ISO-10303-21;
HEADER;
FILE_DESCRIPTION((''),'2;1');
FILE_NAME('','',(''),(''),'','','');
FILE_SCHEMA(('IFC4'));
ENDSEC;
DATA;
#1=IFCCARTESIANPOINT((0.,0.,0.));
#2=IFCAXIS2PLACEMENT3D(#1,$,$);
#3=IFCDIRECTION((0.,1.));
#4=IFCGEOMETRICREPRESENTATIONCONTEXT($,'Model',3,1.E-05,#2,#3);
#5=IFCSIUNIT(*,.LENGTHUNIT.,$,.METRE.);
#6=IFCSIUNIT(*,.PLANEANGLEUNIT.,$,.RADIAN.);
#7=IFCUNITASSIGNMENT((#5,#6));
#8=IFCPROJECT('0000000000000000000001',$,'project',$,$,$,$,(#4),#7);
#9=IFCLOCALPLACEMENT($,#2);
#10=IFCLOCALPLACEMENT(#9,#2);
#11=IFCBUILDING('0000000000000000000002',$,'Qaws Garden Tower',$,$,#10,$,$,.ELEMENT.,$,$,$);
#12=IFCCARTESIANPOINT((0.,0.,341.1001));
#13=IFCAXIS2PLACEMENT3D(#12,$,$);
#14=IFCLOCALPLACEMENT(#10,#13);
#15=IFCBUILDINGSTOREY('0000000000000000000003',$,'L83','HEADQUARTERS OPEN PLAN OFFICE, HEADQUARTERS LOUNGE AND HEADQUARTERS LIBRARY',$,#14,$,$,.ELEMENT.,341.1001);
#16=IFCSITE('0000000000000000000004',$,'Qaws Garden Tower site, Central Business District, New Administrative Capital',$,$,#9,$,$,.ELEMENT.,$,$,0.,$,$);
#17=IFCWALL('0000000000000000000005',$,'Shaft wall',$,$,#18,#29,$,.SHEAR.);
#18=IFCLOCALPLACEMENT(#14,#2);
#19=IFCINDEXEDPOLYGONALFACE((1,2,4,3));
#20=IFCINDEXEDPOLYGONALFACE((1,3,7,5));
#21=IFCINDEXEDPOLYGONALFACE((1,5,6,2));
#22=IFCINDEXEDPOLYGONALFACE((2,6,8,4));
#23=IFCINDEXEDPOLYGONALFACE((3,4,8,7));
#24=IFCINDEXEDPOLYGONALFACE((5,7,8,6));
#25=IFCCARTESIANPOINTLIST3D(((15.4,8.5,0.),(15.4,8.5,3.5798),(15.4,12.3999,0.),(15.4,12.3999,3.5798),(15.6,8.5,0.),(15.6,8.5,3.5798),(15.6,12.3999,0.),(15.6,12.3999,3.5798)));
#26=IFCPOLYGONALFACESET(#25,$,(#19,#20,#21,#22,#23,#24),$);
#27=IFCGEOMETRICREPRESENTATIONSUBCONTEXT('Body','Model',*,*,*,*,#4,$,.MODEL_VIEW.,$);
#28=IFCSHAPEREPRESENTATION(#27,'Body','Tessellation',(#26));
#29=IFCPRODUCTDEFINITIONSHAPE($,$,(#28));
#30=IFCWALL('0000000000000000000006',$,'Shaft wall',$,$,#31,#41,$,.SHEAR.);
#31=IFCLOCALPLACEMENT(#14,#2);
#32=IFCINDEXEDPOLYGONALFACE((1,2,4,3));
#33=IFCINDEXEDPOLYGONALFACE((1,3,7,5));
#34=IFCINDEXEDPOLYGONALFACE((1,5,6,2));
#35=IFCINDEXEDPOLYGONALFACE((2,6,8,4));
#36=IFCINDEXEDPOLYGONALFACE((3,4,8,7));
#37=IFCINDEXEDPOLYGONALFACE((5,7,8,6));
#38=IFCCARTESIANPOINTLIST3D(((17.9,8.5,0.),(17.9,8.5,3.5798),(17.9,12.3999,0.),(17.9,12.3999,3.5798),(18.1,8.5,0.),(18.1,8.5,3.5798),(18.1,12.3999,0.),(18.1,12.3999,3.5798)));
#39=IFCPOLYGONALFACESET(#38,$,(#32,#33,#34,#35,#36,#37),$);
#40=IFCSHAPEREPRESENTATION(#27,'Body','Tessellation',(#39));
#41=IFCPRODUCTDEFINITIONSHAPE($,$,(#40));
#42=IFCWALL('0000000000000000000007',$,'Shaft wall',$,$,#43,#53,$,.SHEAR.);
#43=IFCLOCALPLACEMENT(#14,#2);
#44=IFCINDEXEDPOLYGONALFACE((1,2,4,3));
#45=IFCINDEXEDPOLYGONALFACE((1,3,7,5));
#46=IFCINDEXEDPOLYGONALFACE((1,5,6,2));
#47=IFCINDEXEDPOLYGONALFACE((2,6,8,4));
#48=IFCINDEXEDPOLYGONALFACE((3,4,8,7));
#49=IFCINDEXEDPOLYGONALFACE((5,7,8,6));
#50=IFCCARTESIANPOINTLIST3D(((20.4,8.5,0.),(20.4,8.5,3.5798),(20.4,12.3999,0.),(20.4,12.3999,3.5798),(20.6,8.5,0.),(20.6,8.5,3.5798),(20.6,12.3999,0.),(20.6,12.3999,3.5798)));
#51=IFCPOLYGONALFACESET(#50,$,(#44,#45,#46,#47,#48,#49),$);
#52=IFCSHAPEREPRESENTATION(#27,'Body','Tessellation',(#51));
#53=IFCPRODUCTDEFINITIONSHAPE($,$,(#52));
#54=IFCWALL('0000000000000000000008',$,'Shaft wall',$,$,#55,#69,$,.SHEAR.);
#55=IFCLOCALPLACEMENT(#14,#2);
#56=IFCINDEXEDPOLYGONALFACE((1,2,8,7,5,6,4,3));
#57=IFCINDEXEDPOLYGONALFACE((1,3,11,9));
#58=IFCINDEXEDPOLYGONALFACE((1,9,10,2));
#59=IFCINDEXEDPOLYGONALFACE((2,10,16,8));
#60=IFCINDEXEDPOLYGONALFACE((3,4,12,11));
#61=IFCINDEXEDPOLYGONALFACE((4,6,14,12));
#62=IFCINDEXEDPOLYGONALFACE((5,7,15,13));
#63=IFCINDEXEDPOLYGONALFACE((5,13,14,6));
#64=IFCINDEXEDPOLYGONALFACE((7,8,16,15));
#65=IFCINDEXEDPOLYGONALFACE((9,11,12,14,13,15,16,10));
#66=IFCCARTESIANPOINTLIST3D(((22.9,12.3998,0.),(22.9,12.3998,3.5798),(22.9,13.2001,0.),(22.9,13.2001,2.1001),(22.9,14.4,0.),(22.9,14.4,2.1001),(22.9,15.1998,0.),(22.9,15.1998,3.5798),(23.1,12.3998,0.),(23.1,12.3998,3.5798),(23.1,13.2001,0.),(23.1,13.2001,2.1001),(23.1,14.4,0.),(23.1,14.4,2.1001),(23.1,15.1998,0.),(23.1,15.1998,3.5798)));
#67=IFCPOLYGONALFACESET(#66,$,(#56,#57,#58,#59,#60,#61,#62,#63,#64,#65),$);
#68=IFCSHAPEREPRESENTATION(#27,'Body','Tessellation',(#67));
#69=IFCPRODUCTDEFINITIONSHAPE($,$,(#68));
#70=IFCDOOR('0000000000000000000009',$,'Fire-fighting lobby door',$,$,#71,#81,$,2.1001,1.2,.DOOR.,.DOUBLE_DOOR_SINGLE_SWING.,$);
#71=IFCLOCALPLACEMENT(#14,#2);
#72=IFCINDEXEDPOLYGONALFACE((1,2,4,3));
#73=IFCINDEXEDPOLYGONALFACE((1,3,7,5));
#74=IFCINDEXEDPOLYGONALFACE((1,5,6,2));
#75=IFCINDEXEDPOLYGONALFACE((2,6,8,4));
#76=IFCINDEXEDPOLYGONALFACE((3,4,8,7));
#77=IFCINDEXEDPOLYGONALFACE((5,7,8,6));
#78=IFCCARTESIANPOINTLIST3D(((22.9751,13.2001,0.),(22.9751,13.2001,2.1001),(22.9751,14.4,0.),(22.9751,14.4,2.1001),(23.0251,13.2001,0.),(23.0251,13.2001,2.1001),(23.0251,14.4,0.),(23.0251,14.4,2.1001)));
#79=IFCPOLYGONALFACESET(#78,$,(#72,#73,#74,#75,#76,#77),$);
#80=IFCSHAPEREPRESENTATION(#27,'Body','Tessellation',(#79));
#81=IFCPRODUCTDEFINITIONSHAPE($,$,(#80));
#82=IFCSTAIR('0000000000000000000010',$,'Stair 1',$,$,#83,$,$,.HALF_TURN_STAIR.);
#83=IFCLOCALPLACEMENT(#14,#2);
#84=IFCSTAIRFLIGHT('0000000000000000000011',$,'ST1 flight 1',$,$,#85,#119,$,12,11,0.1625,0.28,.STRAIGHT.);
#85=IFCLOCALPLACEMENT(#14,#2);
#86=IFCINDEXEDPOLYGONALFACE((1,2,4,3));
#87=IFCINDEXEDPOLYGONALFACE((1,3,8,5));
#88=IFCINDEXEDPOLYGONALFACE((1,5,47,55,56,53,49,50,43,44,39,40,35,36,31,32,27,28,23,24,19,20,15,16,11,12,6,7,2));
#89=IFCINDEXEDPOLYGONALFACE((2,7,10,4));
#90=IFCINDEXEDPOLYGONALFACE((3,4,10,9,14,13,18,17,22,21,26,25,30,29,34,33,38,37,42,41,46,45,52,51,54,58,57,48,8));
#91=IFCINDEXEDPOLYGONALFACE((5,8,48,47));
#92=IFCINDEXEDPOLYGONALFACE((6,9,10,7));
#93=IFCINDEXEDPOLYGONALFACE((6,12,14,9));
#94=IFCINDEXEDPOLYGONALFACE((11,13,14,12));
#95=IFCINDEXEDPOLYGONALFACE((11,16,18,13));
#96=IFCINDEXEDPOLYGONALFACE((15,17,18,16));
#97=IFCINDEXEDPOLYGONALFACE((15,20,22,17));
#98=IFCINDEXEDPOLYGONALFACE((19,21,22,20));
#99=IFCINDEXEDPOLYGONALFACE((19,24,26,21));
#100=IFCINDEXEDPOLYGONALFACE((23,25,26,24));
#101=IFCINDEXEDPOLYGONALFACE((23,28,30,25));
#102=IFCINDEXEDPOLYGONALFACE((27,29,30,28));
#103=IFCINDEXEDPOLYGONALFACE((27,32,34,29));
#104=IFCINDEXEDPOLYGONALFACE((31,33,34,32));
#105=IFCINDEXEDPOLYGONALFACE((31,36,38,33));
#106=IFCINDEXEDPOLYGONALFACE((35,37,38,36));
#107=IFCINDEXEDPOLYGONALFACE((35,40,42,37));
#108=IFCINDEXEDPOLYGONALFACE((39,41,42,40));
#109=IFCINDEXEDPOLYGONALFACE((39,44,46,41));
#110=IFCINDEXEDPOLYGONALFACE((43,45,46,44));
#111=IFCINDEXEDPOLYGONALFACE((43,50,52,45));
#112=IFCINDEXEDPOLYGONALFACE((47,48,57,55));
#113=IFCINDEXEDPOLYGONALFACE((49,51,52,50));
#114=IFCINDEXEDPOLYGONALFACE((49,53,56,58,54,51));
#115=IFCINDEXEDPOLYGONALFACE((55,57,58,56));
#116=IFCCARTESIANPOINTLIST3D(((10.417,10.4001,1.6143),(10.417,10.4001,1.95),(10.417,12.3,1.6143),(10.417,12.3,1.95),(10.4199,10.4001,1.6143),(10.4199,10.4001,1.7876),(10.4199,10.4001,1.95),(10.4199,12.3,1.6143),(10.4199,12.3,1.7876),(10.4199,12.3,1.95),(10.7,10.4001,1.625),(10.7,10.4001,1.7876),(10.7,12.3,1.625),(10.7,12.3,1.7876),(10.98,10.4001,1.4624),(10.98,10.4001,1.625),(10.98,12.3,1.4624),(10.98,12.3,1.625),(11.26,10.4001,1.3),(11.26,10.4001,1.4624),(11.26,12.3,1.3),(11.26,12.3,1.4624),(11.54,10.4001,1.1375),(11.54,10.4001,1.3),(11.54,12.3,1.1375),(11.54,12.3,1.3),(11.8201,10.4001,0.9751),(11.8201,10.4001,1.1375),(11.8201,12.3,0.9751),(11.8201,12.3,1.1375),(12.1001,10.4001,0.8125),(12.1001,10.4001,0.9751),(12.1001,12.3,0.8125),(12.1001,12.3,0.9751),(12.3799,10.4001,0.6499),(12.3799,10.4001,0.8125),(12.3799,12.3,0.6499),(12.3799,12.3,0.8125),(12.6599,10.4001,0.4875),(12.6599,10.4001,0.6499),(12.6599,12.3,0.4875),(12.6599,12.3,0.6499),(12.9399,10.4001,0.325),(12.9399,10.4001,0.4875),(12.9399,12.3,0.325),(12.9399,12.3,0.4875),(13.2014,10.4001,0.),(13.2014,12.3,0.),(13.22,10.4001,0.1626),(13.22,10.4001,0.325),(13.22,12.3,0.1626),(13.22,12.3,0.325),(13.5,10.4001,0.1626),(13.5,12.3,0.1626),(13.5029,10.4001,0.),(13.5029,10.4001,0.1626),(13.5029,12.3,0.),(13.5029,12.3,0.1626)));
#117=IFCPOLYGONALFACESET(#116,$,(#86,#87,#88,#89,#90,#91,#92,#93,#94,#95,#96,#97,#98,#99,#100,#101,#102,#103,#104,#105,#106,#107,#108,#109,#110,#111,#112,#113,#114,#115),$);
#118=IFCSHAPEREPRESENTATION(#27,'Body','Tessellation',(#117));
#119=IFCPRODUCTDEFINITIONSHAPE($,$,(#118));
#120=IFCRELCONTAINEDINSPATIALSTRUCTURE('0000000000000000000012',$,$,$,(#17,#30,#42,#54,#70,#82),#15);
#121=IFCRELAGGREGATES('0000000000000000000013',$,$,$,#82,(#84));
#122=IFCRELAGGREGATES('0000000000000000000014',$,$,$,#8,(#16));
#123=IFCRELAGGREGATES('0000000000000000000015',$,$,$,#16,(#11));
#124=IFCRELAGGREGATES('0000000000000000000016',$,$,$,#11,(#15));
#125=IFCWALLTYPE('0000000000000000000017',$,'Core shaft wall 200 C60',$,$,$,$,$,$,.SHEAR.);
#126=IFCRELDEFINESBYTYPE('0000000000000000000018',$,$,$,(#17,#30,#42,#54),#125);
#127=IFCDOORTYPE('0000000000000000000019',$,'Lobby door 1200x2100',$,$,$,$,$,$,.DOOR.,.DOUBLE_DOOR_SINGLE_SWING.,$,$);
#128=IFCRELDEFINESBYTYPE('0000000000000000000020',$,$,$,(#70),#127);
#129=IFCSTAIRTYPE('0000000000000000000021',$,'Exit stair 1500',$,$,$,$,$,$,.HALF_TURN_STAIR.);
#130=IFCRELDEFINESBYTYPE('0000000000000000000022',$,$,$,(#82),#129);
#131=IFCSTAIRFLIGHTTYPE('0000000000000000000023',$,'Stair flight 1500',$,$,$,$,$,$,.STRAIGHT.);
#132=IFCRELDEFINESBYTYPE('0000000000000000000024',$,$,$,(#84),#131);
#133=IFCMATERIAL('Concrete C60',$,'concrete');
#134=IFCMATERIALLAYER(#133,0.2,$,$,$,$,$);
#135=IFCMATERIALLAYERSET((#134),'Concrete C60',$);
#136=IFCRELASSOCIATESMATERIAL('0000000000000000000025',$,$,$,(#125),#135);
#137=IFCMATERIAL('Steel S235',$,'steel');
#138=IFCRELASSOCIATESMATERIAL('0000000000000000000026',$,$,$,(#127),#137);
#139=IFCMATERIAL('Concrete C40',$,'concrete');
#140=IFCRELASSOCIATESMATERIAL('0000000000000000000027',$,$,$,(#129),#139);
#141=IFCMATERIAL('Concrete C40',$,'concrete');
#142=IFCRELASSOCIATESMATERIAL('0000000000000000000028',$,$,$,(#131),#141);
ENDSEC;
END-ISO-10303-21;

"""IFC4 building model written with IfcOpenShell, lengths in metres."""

from ifc_helpers import new_model, si_unit, direction, frame, frame_2d, origin, place, context, subcontext, project, spatial, polyline, rectangle, outline, extrude, material, layer, layer_set, type_object, element, fill, aggregate, save


model = new_model("IFC4")

# Units and contexts
model_context = context("Model", 3, precision=1e-05, world=origin(), true_north=direction((0.0, 1.0)))
body_context = subcontext(model_context, "Body", "Model", "MODEL_VIEW")
ifc_project = project(units=[si_unit("LENGTHUNIT", "METRE"), si_unit("PLANEANGLEUNIT", "RADIAN")], contexts=[model_context])

# Site, building, storey
site_placement = place(None, origin())
site = spatial("IfcSite", under=ifc_project, at=site_placement, Name="Qaws Garden Tower site, Central Business District, New Administrative Capital", CompositionType="ELEMENT", RefElevation=0.0)
building_placement = place(site_placement, origin())
building = spatial("IfcBuilding", under=site, at=building_placement, Name="Qaws Garden Tower", CompositionType="ELEMENT")
storey_placement = place(building_placement, frame((0.0, 0.0, 341.1001)))
storey = spatial("IfcBuildingStorey", under=building, at=storey_placement, Name="L83", Description="HEADQUARTERS OPEN PLAN OFFICE, HEADQUARTERS LOUNGE AND HEADQUARTERS LIBRARY", CompositionType="ELEMENT", Elevation=341.1001)

# Shared definitions
ifc_material_1 = material(Name="Concrete C60", Category="concrete")
ifc_layer_1 = layer(ifc_material_1, 0.2)
ifc_layer_set_1 = layer_set([ifc_layer_1], Name="Concrete C60")
wall_type_1 = type_object("IfcWallType", Name="Core shaft wall 200 C60", PredefinedType="SHEAR", material=ifc_layer_set_1)

# Walls
for number, where, z_axis, x_axis, name in (
    (1, (15.5, 8.5, 0.0), (0.0, 0.0, 1.0), (0.0, 1.0, 0.0), "Shaft wall"),
    (2, (18.0, 8.5, 0.0), (0.0, 0.0, 1.0), (0.0, 1.0, 0.0), "Shaft wall"),
    (3, (20.5, 8.5, 0.0), (0.0, 0.0, 1.0), (0.0, 1.0, 0.0), "Shaft wall"),
):
    element("IfcWall", number, at=place(storey_placement, frame(where, z_axis=z_axis, x_axis=x_axis)), inside=storey, type_object=wall_type_1, Name=name, PredefinedType="SHEAR", context=body_context, shape_type="SweptSolid", body=[
        extrude(rectangle(XDim=3.8999, YDim=0.2, at=frame_2d((1.95, 0.0))), origin(), (0.0, 0.0, 1.0), 3.5798),
    ])

# Wall, opening, door
wall_1_placement = place(storey_placement, frame((23.0, 12.3999, 0.0), z_axis=(0.0, 0.0, 1.0), x_axis=(0.0, 1.0, 0.0)))
wall_1 = element("IfcWall", 4, at=wall_1_placement, inside=storey, type_object=wall_type_1, Name="Shaft wall", PredefinedType="SHEAR", context=body_context, shape_type="SweptSolid", body=[
    extrude(rectangle(XDim=2.8, YDim=0.2, at=frame_2d((1.3999, 0.0))), origin(), (0.0, 0.0, 1.0), 3.5798),
])
opening_1_placement = place(wall_1_placement, frame((0.8, 0.0, 0.0)))
opening_1 = element("IfcOpeningElement", 5, at=opening_1_placement, cuts=wall_1, PredefinedType="OPENING", context=body_context, shape_type="SweptSolid", body=[
    extrude(rectangle(XDim=1.2, YDim=2.1001, at=frame_2d((0.6001, 1.05))), frame((0.0, 0.1099, 0.0), z_axis=(0.0, -1.0, 0.0), x_axis=(1.0, 0.0, 0.0)), (0.0, 0.0, 1.0), 0.22),
])
ifc_material_2 = material(Name="Steel S235", Category="steel")
door_type_1 = type_object("IfcDoorType", Name="Lobby door 1200x2100", OperationType="DOUBLE_DOOR_SINGLE_SWING", PredefinedType="DOOR", material=ifc_material_2)
door_1_placement = place(opening_1_placement, origin())
door_1 = element("IfcDoor", 6, at=door_1_placement, inside=storey, type_object=door_type_1, Name="Fire-fighting lobby door", OperationType="DOUBLE_DOOR_SINGLE_SWING", OverallHeight=2.1001, OverallWidth=1.2, PredefinedType="DOOR", context=body_context, shape_type="SweptSolid", body=[
    extrude(rectangle(XDim=1.2, YDim=2.1001, at=frame_2d((0.6001, 1.05))), frame((0.0, 0.0249, 0.0), z_axis=(0.0, -1.0, 0.0), x_axis=(1.0, 0.0, 0.0)), (0.0, 0.0, 1.0), 0.05),
])
fill(opening_1, door_1)

# Stair, stair flight
ifc_material_3 = material(Name="Concrete C40", Category="concrete")
stair_type = type_object("IfcStairType", Name="Exit stair 1500", PredefinedType="HALF_TURN_STAIR", material=ifc_material_3)
stair_placement = place(storey_placement, origin())
stair = element("IfcStair", 7, at=stair_placement, inside=storey, type_object=stair_type, Name="Stair 1", PredefinedType="HALF_TURN_STAIR")
ifc_material_4 = material(Name="Concrete C40", Category="concrete")
stair_flight_type = type_object("IfcStairFlightType", Name="Stair flight 1500", PredefinedType="STRAIGHT", material=ifc_material_4)
stair_flight_placement = place(storey_placement, frame((13.5, 11.3501, 0.0), z_axis=(0.0, 0.0, 1.0), x_axis=(-1.0, 0.0, 0.0)))
stair_flight = element("IfcStairFlight", 8, at=stair_flight_placement, type_object=stair_flight_type, Name="ST1 flight 1", NumberOfRisers=12, NumberOfTreads=11, PredefinedType="STRAIGHT", RiserHeight=0.1625, TreadLength=0.28, context=body_context, shape_type="SweptSolid", body=[
    extrude(outline(polyline([(-0.0029, 0.0), (-0.0029, 0.1626), (0.0, 0.1626), (0.28, 0.1626), (0.28, 0.325), (0.5601, 0.325), (0.5601, 0.4875), (0.8401, 0.4875), (0.8401, 0.6499), (1.1201, 0.6499), (1.1201, 0.8125), (1.3999, 0.8125), (1.3999, 0.9751), (1.6799, 0.9751), (1.6799, 1.1375), (1.96, 1.1375), (1.96, 1.3), (2.24, 1.3), (2.24, 1.4624), (2.52, 1.4624), (2.52, 1.625), (2.8, 1.625), (2.8, 1.7876), (3.0801, 1.7876), (3.0801, 1.95), (3.083, 1.95), (3.083, 1.6143), (3.0801, 1.6143), (0.2986, 0.0), (-0.0029, 0.0)])), frame((0.0, 0.95, 0.0), z_axis=(0.0, -1.0, 0.0), x_axis=(1.0, 0.0, 0.0)), (0.0, 0.0, 1.0), 1.8999),
])
aggregate(stair, [stair_flight])

save(model, "model.ifc")
